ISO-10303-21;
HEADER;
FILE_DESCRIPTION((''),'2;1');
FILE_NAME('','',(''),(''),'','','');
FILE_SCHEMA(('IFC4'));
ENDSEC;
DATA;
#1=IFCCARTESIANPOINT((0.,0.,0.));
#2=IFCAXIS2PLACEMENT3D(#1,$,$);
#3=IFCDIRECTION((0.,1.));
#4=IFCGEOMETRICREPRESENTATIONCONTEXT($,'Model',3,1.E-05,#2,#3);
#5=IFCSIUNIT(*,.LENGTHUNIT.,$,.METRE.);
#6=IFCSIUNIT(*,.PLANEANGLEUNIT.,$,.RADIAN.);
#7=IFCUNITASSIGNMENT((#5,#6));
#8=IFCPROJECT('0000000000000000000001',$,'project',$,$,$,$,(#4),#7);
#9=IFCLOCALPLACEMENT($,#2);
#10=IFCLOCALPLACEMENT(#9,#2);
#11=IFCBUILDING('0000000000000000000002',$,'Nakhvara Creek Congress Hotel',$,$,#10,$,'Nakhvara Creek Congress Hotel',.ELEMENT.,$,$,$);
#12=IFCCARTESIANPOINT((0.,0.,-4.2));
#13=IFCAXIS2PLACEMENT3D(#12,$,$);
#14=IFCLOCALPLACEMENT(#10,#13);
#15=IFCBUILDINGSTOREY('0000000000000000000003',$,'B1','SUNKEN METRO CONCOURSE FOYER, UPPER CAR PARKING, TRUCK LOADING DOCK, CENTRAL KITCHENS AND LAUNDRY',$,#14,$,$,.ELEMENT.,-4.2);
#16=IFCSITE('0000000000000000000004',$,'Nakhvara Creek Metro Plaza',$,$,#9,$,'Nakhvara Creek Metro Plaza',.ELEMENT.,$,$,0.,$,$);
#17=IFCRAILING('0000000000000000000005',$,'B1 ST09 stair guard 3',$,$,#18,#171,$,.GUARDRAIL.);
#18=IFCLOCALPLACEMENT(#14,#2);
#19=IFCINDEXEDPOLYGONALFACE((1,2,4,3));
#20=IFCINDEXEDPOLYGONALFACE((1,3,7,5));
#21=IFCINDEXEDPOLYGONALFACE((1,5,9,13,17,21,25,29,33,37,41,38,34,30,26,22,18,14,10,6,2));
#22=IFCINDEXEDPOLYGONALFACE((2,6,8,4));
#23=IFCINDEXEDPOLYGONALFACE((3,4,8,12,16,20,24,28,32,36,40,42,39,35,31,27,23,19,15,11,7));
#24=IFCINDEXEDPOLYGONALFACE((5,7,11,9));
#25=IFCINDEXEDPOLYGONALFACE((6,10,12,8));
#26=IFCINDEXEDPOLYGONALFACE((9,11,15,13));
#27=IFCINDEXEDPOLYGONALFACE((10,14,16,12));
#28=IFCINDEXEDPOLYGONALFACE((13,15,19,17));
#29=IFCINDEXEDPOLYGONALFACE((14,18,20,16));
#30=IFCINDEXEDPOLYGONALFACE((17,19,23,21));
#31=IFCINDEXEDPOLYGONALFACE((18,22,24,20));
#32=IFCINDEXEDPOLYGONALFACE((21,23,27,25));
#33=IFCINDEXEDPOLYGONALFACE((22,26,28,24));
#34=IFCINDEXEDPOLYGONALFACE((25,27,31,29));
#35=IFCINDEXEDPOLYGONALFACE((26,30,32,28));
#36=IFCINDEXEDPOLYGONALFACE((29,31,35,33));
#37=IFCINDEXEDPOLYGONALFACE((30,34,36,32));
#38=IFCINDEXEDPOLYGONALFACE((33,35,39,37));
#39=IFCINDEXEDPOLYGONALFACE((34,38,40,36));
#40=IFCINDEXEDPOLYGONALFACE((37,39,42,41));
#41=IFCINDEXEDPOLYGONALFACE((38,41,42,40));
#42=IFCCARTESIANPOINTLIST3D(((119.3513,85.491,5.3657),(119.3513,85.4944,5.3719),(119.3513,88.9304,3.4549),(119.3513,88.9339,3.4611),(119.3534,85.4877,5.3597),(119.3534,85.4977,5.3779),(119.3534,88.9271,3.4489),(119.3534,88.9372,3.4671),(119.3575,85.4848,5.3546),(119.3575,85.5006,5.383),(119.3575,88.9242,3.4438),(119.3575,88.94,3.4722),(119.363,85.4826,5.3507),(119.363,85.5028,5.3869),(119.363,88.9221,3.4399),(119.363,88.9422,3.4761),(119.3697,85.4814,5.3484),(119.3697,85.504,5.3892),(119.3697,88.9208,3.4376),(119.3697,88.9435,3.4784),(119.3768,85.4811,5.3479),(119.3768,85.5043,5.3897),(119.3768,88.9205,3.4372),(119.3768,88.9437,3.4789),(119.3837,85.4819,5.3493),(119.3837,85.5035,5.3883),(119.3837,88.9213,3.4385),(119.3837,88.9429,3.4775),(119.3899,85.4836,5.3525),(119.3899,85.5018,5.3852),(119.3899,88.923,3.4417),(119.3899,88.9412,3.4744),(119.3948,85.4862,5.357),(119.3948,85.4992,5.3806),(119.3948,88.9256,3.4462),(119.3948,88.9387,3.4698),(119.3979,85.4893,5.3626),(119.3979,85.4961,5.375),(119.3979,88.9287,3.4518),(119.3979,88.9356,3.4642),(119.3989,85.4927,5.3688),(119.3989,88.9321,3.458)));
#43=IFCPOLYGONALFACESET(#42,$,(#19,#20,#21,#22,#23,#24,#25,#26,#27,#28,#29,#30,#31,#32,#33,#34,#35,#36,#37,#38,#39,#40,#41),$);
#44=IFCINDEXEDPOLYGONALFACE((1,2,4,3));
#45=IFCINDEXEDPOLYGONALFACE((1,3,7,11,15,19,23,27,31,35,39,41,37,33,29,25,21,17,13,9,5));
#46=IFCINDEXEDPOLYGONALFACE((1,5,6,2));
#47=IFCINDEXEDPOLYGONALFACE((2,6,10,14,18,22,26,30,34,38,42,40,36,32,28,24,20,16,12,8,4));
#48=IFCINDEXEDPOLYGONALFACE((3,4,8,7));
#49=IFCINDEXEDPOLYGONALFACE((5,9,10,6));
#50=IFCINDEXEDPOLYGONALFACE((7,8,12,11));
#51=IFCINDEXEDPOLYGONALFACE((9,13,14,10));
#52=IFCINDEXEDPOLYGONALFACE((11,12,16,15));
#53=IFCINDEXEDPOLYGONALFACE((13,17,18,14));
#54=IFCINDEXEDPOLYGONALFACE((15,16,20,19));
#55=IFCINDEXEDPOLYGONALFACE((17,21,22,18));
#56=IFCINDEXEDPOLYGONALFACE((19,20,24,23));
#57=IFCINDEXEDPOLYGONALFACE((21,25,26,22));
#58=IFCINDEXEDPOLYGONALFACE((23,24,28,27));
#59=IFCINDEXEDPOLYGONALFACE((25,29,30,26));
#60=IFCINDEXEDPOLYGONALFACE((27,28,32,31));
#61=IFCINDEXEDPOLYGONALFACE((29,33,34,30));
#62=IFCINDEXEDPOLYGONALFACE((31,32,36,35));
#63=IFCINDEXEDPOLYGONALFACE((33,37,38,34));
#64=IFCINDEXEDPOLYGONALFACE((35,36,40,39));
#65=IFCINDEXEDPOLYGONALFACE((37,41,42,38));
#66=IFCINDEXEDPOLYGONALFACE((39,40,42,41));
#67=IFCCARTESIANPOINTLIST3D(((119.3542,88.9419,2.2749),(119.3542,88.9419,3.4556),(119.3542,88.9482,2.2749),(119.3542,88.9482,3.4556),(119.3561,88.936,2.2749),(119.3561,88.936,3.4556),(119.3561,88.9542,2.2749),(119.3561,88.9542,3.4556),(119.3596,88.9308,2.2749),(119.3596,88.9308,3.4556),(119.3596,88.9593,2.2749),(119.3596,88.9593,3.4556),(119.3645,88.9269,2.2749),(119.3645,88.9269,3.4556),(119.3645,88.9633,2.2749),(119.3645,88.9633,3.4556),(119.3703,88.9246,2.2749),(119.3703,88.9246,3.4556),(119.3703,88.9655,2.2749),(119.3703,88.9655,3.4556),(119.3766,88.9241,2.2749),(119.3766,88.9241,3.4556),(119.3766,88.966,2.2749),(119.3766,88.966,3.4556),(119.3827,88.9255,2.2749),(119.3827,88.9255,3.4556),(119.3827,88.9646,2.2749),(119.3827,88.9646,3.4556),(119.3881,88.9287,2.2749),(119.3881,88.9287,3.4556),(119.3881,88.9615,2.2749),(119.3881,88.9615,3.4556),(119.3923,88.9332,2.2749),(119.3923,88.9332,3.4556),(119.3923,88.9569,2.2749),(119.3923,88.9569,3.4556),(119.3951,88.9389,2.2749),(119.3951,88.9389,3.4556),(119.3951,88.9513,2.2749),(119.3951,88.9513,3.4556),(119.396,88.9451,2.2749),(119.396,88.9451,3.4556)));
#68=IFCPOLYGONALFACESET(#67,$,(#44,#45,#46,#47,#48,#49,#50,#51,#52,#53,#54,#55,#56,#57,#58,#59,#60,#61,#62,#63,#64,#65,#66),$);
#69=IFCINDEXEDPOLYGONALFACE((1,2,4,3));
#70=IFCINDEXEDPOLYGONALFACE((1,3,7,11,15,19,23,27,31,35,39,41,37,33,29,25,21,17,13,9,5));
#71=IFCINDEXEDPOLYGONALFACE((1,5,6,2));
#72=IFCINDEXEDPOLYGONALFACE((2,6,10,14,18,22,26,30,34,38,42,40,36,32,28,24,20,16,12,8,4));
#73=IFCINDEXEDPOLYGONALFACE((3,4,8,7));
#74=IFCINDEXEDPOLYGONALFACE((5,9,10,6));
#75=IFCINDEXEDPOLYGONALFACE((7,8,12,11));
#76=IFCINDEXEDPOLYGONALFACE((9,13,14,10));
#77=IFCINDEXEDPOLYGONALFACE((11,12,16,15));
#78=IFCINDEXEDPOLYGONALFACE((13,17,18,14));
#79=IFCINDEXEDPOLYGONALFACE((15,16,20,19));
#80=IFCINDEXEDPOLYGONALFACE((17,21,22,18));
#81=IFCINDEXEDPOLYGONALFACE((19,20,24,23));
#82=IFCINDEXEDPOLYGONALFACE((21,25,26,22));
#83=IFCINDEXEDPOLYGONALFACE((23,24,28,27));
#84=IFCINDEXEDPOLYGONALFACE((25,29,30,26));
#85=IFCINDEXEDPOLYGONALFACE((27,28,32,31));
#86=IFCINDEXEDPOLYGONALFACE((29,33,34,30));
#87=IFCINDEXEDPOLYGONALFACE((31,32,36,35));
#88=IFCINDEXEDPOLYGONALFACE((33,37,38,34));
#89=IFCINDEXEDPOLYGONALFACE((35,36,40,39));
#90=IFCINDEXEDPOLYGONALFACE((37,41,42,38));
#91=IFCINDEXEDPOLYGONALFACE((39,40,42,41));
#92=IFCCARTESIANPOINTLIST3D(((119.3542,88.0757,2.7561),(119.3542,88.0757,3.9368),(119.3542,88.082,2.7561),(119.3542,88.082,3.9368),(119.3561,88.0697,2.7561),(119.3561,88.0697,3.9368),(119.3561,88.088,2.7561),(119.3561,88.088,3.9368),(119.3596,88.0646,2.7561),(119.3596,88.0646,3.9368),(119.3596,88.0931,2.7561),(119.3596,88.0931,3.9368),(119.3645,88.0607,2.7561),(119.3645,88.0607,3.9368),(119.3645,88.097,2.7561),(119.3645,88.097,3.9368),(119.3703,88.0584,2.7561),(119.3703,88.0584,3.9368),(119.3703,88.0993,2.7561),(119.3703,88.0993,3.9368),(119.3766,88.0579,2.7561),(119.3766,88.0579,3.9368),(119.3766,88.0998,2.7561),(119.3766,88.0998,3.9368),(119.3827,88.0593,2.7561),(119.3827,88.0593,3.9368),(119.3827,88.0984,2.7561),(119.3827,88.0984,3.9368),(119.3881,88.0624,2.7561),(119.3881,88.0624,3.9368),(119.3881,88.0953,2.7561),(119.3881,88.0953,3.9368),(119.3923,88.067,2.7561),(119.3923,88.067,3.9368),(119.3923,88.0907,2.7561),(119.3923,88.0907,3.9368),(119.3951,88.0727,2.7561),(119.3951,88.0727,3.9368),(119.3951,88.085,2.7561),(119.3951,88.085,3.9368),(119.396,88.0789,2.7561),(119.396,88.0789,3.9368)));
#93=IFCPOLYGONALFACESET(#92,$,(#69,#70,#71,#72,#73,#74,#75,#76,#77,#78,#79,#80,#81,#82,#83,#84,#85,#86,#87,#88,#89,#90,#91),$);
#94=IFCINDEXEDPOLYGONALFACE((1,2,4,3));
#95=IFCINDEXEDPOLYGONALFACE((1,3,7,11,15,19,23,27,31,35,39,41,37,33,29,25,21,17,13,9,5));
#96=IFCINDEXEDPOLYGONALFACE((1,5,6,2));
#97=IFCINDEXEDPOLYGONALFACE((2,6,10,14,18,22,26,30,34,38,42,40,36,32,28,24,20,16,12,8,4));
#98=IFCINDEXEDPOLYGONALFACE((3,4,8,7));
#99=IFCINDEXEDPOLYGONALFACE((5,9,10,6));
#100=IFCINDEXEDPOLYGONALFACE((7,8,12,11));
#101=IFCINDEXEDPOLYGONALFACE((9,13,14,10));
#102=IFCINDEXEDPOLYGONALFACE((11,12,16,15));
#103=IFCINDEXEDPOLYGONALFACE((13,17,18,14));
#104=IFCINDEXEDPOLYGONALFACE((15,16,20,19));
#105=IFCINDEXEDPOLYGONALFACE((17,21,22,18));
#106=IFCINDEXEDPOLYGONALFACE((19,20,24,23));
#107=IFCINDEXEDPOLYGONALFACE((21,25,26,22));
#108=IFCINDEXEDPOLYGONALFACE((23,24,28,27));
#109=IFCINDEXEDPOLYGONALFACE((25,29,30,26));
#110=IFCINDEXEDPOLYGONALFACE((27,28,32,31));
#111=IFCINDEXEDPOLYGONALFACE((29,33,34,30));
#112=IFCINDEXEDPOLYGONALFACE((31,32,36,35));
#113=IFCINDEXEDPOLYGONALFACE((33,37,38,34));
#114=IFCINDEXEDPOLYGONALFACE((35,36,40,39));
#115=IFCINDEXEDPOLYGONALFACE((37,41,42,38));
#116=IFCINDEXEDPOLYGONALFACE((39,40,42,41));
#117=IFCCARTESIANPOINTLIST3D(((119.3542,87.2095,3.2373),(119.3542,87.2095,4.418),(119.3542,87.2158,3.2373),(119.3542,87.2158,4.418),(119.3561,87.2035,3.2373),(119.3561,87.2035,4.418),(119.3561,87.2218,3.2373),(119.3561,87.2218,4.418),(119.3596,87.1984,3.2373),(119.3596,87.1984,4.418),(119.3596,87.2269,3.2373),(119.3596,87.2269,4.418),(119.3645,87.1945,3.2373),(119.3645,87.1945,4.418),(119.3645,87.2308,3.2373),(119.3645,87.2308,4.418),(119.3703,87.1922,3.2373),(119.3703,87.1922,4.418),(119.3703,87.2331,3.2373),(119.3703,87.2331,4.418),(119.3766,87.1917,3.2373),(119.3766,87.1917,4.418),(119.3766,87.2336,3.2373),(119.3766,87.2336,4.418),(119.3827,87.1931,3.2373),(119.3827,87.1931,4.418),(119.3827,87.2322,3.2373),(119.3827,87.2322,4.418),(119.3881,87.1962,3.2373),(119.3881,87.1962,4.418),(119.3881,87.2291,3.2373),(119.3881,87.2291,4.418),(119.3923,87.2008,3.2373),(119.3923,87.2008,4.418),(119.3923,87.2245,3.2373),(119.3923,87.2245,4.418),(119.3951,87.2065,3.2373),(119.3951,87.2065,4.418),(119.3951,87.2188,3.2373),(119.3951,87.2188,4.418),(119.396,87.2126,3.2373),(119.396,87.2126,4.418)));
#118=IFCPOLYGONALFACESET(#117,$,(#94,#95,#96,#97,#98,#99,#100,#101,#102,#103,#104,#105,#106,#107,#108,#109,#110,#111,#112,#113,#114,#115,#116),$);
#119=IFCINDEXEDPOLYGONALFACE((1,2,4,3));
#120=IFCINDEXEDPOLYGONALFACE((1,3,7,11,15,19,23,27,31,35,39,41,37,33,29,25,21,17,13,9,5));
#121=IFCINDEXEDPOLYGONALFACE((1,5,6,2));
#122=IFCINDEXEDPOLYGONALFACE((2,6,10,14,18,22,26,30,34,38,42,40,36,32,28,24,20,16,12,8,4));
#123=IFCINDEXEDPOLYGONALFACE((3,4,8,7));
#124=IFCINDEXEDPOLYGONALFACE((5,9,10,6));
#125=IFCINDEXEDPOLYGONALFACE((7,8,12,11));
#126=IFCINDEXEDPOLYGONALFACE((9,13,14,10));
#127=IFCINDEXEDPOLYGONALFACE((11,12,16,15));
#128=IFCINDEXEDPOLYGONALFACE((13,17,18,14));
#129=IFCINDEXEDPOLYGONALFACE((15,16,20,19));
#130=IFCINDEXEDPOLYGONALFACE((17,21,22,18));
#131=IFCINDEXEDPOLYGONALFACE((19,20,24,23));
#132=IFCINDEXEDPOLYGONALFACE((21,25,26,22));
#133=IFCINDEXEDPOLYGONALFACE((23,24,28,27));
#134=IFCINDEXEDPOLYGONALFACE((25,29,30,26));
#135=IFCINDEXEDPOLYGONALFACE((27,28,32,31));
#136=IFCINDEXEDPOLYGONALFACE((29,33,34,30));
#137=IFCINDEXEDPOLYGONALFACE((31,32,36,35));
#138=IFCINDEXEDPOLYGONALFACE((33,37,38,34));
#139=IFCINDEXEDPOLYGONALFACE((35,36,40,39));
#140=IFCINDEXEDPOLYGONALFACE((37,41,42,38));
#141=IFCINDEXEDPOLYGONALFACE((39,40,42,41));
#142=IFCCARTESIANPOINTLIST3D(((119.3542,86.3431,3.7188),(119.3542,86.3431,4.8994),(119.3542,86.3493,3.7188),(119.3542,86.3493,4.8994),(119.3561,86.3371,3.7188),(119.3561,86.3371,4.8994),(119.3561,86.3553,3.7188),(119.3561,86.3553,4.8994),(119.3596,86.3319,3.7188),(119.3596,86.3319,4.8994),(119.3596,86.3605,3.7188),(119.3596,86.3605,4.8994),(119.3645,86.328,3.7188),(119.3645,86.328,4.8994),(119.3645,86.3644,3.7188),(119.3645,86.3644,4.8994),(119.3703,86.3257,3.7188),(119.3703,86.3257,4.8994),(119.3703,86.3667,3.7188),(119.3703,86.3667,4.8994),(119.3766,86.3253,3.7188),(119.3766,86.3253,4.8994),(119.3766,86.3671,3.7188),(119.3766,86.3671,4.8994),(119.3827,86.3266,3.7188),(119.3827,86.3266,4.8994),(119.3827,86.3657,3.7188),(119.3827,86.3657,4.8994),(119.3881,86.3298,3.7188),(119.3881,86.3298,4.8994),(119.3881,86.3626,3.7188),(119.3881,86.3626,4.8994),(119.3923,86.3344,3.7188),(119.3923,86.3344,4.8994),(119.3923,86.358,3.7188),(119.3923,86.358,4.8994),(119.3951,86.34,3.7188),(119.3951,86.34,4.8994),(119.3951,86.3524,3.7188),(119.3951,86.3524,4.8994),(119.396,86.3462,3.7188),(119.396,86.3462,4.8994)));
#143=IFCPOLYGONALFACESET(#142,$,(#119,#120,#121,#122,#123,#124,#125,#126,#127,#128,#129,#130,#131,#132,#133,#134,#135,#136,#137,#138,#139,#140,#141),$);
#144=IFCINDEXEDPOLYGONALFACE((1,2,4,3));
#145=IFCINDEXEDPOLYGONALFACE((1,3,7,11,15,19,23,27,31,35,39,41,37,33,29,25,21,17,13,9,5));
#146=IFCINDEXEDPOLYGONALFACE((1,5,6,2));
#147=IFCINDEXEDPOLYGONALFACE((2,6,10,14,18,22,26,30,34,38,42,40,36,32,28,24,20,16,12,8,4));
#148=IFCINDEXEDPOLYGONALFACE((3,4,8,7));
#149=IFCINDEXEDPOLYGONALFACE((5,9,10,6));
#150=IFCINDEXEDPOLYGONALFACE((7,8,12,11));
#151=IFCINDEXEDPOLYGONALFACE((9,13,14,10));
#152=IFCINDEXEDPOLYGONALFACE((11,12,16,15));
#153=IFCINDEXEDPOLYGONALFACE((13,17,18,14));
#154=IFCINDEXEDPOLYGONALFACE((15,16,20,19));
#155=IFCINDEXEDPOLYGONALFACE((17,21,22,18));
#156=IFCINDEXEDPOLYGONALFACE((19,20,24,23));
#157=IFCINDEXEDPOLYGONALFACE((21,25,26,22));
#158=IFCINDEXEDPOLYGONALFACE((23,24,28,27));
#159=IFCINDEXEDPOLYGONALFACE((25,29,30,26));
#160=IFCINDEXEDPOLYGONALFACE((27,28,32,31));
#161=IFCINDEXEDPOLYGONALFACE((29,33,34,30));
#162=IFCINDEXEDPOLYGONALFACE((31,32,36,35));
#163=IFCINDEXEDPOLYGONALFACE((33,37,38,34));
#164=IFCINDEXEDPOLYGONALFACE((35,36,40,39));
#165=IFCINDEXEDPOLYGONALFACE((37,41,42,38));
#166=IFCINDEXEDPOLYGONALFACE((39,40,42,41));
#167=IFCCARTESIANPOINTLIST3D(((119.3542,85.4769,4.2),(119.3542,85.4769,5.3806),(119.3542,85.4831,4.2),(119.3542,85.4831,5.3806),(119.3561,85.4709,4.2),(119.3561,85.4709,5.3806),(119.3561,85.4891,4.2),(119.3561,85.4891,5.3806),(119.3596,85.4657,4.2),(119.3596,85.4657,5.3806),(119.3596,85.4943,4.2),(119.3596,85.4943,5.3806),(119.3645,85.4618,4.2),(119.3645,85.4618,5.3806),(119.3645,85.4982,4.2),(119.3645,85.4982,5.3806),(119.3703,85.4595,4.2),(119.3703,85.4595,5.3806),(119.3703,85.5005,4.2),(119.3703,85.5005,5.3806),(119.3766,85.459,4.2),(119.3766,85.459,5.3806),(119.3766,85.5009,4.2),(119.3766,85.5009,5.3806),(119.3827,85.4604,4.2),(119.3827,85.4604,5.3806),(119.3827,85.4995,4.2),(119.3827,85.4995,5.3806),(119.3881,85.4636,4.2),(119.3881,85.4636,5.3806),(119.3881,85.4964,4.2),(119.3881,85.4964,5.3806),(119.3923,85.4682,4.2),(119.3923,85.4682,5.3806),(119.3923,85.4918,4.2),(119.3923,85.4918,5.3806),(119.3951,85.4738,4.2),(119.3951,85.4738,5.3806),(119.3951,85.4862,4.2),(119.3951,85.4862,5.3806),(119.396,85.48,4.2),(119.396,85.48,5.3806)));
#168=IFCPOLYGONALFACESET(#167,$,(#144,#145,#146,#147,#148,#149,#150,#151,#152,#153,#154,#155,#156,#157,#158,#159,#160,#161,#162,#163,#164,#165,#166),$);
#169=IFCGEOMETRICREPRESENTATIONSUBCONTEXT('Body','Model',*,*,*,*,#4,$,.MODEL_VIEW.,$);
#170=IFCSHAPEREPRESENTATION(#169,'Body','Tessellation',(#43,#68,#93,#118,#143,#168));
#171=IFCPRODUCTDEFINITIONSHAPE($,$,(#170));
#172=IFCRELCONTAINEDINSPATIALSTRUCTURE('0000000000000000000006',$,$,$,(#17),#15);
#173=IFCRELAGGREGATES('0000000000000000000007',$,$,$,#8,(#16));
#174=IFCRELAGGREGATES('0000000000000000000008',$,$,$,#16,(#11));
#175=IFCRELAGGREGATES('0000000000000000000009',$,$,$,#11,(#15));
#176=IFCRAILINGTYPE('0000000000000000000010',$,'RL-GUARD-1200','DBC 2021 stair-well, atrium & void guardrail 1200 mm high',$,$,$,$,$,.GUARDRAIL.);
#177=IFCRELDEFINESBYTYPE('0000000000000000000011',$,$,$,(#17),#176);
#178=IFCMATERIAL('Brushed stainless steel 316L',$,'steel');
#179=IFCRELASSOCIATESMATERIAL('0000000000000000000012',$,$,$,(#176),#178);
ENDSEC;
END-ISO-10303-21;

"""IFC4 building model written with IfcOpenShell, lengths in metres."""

from ifc_helpers import new_model, si_unit, direction, frame, origin, origin_2d, place, context, subcontext, project, spatial, circle, extrude, material, type_object, element, save


model = new_model("IFC4")

# Units and contexts
model_context = context("Model", 3, precision=1e-05, world=origin(), true_north=direction((0.0, 1.0)))
body_context = subcontext(model_context, "Body", "Model", "MODEL_VIEW")
ifc_project = project(units=[si_unit("LENGTHUNIT", "METRE"), si_unit("PLANEANGLEUNIT", "RADIAN")], contexts=[model_context])

# Site, building, storey
site_placement = place(None, origin())
site = spatial("IfcSite", under=ifc_project, at=site_placement, Name="Nakhvara Creek Metro Plaza", LongName="Nakhvara Creek Metro Plaza", CompositionType="ELEMENT", RefElevation=0.0)
building_placement = place(site_placement, origin())
building = spatial("IfcBuilding", under=site, at=building_placement, Name="Nakhvara Creek Congress Hotel", LongName="Nakhvara Creek Congress Hotel", CompositionType="ELEMENT")
storey_placement = place(building_placement, frame((0.0, 0.0, -4.2)))
storey = spatial("IfcBuildingStorey", under=building, at=storey_placement, Name="B1", Description="SUNKEN METRO CONCOURSE FOYER, UPPER CAR PARKING, TRUCK LOADING DOCK, CENTRAL KITCHENS AND LAUNDRY", CompositionType="ELEMENT", Elevation=-4.2)

# Railing
ifc_material_1 = material(Name="Brushed stainless steel 316L", Category="steel")
railing_type_1 = type_object("IfcRailingType", Name="RL-GUARD-1200", Description="DBC 2021 stair-well, atrium & void guardrail 1200 mm high", PredefinedType="GUARDRAIL", material=ifc_material_1)
railing_1_placement = place(storey_placement, frame((119.375, 88.9451, 2.2749)))
element("IfcRailing", 1, at=railing_1_placement, inside=storey, type_object=railing_type_1, Name="B1 ST09 stair guard 3", PredefinedType="GUARDRAIL", context=body_context, shape_type="SweptSolid", body=[
    extrude(circle(Radius=0.0239, at=origin_2d()), frame((0.0, -0.0129, 1.1831), z_axis=(0.0, -0.874157, 0.485643), x_axis=(1.0, 0.0, 0.0)), (0.0, 0.0, 1.0), 3.9346),
    extrude(circle(Radius=0.021, at=origin_2d()), origin(), (0.0, 0.0, 1.0), 1.1807),
    extrude(circle(Radius=0.021, at=origin_2d()), frame((0.0, -0.8662, 0.4812)), (0.0, 0.0, 1.0), 1.1807),
    extrude(circle(Radius=0.021, at=origin_2d()), frame((0.0, -1.7324, 0.9624)), (0.0, 0.0, 1.0), 1.1807),
    extrude(circle(Radius=0.021, at=origin_2d()), frame((0.0, -2.5989, 1.4438)), (0.0, 0.0, 1.0), 1.1807),
    extrude(circle(Radius=0.021, at=origin_2d()), frame((0.0, -3.4651, 1.925)), (0.0, 0.0, 1.0), 1.1807),
])

save(model, "model.ifc")
